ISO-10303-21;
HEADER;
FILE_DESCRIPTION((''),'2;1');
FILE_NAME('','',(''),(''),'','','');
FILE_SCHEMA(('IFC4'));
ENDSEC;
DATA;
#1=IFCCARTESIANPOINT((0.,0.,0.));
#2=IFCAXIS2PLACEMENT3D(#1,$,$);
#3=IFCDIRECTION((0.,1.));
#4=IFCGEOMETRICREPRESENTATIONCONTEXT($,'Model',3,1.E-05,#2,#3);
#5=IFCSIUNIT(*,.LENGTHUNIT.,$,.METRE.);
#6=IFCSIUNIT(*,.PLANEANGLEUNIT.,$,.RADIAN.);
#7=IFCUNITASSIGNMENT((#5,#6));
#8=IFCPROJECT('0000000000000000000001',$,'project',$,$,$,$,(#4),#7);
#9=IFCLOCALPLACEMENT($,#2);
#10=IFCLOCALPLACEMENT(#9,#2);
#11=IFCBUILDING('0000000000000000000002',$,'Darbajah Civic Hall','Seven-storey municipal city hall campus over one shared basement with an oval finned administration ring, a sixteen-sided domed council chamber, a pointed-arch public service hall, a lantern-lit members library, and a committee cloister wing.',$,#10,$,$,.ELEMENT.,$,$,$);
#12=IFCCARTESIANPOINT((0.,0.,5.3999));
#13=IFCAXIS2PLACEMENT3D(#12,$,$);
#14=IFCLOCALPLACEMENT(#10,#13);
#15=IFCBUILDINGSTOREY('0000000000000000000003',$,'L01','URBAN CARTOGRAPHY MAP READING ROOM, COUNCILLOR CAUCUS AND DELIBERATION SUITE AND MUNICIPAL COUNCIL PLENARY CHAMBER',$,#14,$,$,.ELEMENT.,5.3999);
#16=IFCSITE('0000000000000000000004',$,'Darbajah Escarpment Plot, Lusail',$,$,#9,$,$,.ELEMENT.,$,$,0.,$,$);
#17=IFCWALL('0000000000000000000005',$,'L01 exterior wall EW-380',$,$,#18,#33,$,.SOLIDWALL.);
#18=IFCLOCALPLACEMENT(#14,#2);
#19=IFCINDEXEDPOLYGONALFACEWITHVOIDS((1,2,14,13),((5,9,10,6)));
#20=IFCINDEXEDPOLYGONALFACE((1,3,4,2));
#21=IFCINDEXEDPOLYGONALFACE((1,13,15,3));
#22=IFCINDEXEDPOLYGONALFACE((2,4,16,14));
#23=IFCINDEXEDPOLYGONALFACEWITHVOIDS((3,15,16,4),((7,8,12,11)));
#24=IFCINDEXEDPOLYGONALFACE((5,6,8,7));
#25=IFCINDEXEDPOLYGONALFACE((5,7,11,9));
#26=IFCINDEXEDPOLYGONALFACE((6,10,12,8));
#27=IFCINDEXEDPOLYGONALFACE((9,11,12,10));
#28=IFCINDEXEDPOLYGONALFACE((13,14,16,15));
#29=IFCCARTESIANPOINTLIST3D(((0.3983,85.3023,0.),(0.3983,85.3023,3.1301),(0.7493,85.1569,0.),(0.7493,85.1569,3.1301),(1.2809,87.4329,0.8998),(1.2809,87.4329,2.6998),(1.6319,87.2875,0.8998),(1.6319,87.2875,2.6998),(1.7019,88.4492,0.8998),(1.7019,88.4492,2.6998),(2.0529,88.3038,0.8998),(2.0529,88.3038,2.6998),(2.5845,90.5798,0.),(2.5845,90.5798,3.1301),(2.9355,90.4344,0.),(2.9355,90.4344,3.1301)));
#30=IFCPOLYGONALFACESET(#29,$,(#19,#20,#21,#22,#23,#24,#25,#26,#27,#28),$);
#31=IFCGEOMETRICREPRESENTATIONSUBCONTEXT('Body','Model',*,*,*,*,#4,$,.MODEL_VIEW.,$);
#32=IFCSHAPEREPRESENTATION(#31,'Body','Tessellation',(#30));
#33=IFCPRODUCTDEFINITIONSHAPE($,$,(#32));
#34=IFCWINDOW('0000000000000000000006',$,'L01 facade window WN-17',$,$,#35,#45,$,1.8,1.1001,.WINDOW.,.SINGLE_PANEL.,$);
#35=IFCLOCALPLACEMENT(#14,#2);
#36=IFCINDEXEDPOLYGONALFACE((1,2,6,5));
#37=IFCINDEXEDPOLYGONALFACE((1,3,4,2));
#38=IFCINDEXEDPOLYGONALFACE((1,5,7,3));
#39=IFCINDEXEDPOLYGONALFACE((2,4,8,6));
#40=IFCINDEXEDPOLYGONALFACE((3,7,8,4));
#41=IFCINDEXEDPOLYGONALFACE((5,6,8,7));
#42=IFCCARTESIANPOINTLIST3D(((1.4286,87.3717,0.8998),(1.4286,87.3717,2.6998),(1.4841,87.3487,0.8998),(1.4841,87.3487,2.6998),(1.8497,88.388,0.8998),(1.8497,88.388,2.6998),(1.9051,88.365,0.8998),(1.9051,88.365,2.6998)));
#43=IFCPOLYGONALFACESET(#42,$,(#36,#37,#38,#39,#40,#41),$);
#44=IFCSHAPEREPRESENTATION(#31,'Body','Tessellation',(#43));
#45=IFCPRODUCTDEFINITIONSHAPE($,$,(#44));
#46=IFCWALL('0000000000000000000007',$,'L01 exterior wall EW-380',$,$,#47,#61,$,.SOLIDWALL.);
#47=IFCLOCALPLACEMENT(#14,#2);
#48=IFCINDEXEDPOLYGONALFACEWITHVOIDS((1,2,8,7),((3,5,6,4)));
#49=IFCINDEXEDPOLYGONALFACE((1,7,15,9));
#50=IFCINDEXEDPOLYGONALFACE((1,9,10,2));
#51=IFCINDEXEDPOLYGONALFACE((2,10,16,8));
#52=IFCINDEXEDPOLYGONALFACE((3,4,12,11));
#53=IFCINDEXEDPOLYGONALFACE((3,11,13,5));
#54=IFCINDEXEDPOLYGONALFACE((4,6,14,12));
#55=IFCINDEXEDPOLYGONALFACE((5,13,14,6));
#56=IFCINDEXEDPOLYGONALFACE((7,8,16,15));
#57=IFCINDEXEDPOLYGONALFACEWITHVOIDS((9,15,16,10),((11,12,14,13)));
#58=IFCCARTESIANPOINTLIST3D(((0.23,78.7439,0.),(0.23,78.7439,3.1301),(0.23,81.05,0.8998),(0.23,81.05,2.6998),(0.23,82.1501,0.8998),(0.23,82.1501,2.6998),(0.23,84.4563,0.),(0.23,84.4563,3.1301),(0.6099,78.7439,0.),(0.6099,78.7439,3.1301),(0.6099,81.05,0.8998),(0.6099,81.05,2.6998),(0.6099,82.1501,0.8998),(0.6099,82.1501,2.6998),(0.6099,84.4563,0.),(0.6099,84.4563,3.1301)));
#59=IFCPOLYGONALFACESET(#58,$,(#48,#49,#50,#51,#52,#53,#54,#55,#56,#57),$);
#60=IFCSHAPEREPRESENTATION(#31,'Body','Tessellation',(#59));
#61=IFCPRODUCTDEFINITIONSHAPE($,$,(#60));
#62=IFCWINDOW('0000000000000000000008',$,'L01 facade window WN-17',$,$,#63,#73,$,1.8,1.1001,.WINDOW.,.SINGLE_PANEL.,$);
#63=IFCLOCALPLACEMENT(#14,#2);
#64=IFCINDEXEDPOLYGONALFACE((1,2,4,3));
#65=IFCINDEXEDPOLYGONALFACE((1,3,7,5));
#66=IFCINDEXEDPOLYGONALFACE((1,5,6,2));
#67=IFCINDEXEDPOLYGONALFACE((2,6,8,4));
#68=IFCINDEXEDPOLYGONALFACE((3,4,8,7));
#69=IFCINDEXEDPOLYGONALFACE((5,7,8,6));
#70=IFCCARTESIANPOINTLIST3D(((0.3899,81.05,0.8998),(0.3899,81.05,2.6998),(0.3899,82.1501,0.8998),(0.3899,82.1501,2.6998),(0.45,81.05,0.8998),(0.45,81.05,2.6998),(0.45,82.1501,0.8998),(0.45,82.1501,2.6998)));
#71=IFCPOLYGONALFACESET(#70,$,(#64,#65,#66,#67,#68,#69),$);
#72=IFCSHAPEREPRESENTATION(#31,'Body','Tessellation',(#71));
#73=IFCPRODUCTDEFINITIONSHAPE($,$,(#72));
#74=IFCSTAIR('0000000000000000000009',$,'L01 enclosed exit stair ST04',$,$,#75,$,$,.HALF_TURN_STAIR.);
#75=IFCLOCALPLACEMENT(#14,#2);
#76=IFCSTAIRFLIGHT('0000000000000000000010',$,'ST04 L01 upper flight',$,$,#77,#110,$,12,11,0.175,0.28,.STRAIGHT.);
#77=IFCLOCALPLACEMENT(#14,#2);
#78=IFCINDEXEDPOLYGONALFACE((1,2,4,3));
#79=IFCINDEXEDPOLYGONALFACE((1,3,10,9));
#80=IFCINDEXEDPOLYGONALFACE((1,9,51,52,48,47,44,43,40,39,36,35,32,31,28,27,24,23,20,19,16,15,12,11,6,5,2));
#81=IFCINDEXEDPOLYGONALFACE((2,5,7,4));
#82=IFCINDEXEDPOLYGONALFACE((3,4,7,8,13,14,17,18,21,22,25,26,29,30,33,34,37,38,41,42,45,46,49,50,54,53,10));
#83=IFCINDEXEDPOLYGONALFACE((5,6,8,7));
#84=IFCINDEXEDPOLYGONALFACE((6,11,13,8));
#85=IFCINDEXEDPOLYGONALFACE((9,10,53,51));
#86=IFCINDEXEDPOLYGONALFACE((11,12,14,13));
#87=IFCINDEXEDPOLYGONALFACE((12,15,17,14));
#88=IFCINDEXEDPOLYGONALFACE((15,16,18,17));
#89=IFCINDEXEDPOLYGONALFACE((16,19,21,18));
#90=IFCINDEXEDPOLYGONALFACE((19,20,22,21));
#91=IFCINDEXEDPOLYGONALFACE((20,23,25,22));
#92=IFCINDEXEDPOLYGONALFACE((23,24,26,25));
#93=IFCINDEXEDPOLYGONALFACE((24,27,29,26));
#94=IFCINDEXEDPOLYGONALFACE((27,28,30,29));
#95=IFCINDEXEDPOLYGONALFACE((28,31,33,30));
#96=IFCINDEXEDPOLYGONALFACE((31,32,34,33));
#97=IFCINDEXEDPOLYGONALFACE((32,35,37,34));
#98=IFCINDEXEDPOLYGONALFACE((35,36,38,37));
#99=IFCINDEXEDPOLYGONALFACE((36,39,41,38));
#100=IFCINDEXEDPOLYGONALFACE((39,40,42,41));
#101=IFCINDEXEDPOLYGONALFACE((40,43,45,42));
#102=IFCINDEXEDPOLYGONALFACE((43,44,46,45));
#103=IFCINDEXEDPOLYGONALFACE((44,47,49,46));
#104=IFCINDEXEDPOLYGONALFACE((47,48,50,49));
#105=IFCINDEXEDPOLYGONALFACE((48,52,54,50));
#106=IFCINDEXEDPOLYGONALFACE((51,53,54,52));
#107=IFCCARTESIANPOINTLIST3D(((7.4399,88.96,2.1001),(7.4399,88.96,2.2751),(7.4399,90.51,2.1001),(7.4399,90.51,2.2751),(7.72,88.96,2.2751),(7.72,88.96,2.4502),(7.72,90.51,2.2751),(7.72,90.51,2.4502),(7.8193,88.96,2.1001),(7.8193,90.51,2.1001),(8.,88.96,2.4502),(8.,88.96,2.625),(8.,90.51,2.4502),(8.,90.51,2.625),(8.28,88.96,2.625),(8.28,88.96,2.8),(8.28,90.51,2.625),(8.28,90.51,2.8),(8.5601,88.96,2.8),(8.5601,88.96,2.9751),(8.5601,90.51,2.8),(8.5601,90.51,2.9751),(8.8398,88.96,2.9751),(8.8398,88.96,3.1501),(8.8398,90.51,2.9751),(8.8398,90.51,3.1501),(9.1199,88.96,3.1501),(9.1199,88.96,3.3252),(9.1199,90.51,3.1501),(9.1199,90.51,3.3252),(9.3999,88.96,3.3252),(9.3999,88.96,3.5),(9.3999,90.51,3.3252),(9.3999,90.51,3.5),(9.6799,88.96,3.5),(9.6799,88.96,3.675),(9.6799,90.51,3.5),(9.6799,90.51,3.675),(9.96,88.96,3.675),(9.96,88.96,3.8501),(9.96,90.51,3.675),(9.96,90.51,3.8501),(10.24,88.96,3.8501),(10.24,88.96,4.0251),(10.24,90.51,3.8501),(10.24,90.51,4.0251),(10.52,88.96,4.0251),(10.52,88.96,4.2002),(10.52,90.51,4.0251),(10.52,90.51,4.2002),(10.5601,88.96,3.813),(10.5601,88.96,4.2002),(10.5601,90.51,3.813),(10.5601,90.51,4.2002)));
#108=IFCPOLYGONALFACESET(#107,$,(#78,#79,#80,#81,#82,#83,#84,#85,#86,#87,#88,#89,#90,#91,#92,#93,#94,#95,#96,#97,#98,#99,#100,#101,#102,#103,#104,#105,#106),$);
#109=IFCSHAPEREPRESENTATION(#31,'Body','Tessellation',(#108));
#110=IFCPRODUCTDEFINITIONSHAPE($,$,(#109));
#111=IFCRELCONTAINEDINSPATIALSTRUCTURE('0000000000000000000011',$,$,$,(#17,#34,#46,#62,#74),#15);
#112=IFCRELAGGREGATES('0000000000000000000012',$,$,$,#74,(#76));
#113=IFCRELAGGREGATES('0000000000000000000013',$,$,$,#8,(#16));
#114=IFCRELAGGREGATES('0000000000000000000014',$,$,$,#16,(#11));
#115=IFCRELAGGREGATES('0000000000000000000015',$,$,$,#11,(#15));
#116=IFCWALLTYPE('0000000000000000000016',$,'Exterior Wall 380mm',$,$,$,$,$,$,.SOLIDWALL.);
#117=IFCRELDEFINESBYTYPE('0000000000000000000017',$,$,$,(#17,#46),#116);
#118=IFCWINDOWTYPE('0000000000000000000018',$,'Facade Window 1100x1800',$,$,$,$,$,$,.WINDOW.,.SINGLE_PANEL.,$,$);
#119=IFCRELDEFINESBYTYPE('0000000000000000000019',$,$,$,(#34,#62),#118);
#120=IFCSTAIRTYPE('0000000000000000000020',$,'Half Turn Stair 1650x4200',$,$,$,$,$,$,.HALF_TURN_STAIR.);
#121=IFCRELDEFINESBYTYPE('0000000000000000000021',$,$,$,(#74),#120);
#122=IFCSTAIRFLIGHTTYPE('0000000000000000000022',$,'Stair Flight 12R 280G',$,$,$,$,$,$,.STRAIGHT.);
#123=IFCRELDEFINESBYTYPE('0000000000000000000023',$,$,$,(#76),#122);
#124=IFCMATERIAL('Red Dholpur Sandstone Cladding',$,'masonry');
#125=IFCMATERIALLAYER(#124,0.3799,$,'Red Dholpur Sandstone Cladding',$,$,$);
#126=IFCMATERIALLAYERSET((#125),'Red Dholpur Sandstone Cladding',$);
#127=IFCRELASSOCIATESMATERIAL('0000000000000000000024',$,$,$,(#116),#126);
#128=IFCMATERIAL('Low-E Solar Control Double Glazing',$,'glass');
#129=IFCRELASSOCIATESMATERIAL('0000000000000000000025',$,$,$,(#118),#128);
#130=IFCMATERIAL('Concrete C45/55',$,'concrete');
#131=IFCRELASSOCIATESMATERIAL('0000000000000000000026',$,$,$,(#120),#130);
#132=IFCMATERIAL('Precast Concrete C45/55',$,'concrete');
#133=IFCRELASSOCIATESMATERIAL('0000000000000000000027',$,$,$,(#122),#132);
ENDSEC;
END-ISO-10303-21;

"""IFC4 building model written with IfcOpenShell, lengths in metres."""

from ifc_helpers import new_model, si_unit, direction, frame, frame_2d, origin, place, context, subcontext, project, spatial, polyline, rectangle, outline, extrude, material, layer, layer_set, type_object, element, fill, aggregate, save


model = new_model("IFC4")

# Units and contexts
model_context = context("Model", 3, precision=1e-05, world=origin(), true_north=direction((0.0, 1.0)))
body_context = subcontext(model_context, "Body", "Model", "MODEL_VIEW")
ifc_project = project(units=[si_unit("LENGTHUNIT", "METRE"), si_unit("PLANEANGLEUNIT", "RADIAN")], contexts=[model_context])

# Site, building, storey
site_placement = place(None, origin())
site = spatial("IfcSite", under=ifc_project, at=site_placement, Name="Darbajah Escarpment Plot, Lusail", CompositionType="ELEMENT", RefElevation=0.0)
building_placement = place(site_placement, origin())
building = spatial("IfcBuilding", under=site, at=building_placement, Name="Darbajah Civic Hall", Description="Seven-storey municipal city hall campus over one shared basement with an oval finned administration ring, a sixteen-sided domed council chamber, a pointed-arch public service hall, a lantern-lit members library, and a committee cloister wing.", CompositionType="ELEMENT")
storey_placement = place(building_placement, frame((0.0, 0.0, 5.3999)))
storey = spatial("IfcBuildingStorey", under=building, at=storey_placement, Name="L01", Description="URBAN CARTOGRAPHY MAP READING ROOM, COUNCILLOR CAUCUS AND DELIBERATION SUITE AND MUNICIPAL COUNCIL PLENARY CHAMBER", CompositionType="ELEMENT", Elevation=5.3999)

# Shared definitions
ifc_material_1 = material(Name="Concrete C45/55", Category="concrete")

# Walls, openings, windows
ifc_material_2 = material(Name="Red Dholpur Sandstone Cladding", Category="masonry")
ifc_layer_1 = layer(ifc_material_2, 0.3799, Name="Red Dholpur Sandstone Cladding")
ifc_layer_set_1 = layer_set([ifc_layer_1], Name="Red Dholpur Sandstone Cladding")
wall_type_1 = type_object("IfcWallType", Name="Exterior Wall 380mm", PredefinedType="SOLIDWALL", material=ifc_layer_set_1)
ifc_material_3 = material(Name="Low-E Solar Control Double Glazing", Category="glass")
window_type = type_object("IfcWindowType", Name="Facade Window 1100x1800", PartitioningType="SINGLE_PANEL", PredefinedType="WINDOW", material=ifc_material_3)
wall_1_placement = place(storey_placement, frame((2.76, 90.5071, 0.0), z_axis=(0.0, 0.0, 1.0), x_axis=(-0.382718, -0.923865, 0.0)))
wall_1 = element("IfcWall", 1, at=wall_1_placement, inside=storey, type_object=wall_type_1, Name="L01 exterior wall EW-380", PredefinedType="SOLIDWALL", context=body_context, shape_type="SweptSolid", body=[
    extrude(rectangle(XDim=5.7124, YDim=0.3799, at=frame_2d((2.8562, 0.0))), origin(), (0.0, 0.0, 1.0), 3.1301),
])
opening_1_placement = place(wall_1_placement, frame((2.3062, 0.0, 0.8999)))
opening_1 = element("IfcOpeningElement", 2, at=opening_1_placement, cuts=wall_1, PredefinedType="OPENING", context=body_context, shape_type="SweptSolid", body=[
    extrude(rectangle(XDim=1.1001, YDim=1.8, at=frame_2d((0.55, 0.8999))), frame((0.0, 0.2, 0.0), z_axis=(0.0, -1.0, 0.0), x_axis=(1.0, 0.0, 0.0)), (0.0, 0.0, 1.0), 0.3999),
])
window_1_placement = place(opening_1_placement, origin())
window_1 = element("IfcWindow", 3, at=window_1_placement, inside=storey, type_object=window_type, Name="L01 facade window WN-17", OverallHeight=1.8, OverallWidth=1.1001, PartitioningType="SINGLE_PANEL", PredefinedType="WINDOW", context=body_context, shape_type="SweptSolid", body=[
    extrude(rectangle(XDim=1.1001, YDim=1.8, at=frame_2d((0.55, 0.8999))), frame((0.0, 0.03, 0.0), z_axis=(0.0, -1.0, 0.0), x_axis=(1.0, 0.0, 0.0)), (0.0, 0.0, 1.0), 0.0601),
])
fill(opening_1, window_1)
wall_2_placement = place(storey_placement, frame((0.4199, 84.4563, 0.0), z_axis=(0.0, 0.0, 1.0), x_axis=(0.0, -1.0, 0.0)))
wall_2 = element("IfcWall", 4, at=wall_2_placement, inside=storey, type_object=wall_type_1, Name="L01 exterior wall EW-380", PredefinedType="SOLIDWALL", context=body_context, shape_type="SweptSolid", body=[
    extrude(rectangle(XDim=5.7124, YDim=0.3799, at=frame_2d((2.8562, 0.0))), origin(), (0.0, 0.0, 1.0), 3.1301),
])
opening_2_placement = place(wall_2_placement, frame((2.3062, 0.0, 0.8999)))
opening_2 = element("IfcOpeningElement", 5, at=opening_2_placement, cuts=wall_2, PredefinedType="OPENING", context=body_context, shape_type="SweptSolid", body=[
    extrude(rectangle(XDim=1.1001, YDim=1.8, at=frame_2d((0.55, 0.8999))), frame((0.0, 0.2, 0.0), z_axis=(0.0, -1.0, 0.0), x_axis=(1.0, 0.0, 0.0)), (0.0, 0.0, 1.0), 0.3999),
])
window_2_placement = place(opening_2_placement, origin())
window_2 = element("IfcWindow", 6, at=window_2_placement, inside=storey, type_object=window_type, Name="L01 facade window WN-17", OverallHeight=1.8, OverallWidth=1.1001, PartitioningType="SINGLE_PANEL", PredefinedType="WINDOW", context=body_context, shape_type="SweptSolid", body=[
    extrude(rectangle(XDim=1.1001, YDim=1.8, at=frame_2d((0.55, 0.8999))), frame((0.0, 0.03, 0.0), z_axis=(0.0, -1.0, 0.0), x_axis=(1.0, 0.0, 0.0)), (0.0, 0.0, 1.0), 0.0601),
])
fill(opening_2, window_2)

# Stair, stair flight
stair_type = type_object("IfcStairType", Name="Half Turn Stair 1650x4200", PredefinedType="HALF_TURN_STAIR", material=ifc_material_1)
stair_placement = place(storey_placement, origin())
stair = element("IfcStair", 7, at=stair_placement, inside=storey, type_object=stair_type, Name="L01 enclosed exit stair ST04", PredefinedType="HALF_TURN_STAIR")
ifc_material_4 = material(Name="Precast Concrete C45/55", Category="concrete")
stair_flight_type = type_object("IfcStairFlightType", Name="Stair Flight 12R 280G", PredefinedType="STRAIGHT", material=ifc_material_4)
stair_flight_placement = place(storey_placement, frame((7.4399, 89.7351, 2.1001), z_axis=(0.0, 0.0, 1.0), x_axis=(1.0, 0.0, 0.0)))
stair_flight = element("IfcStairFlight", 8, at=stair_flight_placement, type_object=stair_flight_type, Name="ST04 L01 upper flight", NumberOfRisers=12, NumberOfTreads=11, PredefinedType="STRAIGHT", RiserHeight=0.175, TreadLength=0.28, context=body_context, shape_type="SweptSolid", body=[
    extrude(outline(polyline([(0.0, 0.0), (0.0, 0.175), (0.28, 0.175), (0.28, 0.3501), (0.5601, 0.3501), (0.5601, 0.5249), (0.8401, 0.5249), (0.8401, 0.7), (1.1201, 0.7), (1.1201, 0.875), (1.3999, 0.875), (1.3999, 1.05), (1.6799, 1.05), (1.6799, 1.2251), (1.96, 1.2251), (1.96, 1.3999), (2.24, 1.3999), (2.24, 1.575), (2.52, 1.575), (2.52, 1.75), (2.8, 1.75), (2.8, 1.925), (3.0801, 1.925), (3.0801, 2.1001), (3.1201, 2.1001), (3.1201, 1.7129), (0.3794, 0.0), (0.0, 0.0)])), frame((0.0, 0.7749, 0.0), z_axis=(0.0, -1.0, 0.0), x_axis=(1.0, 0.0, 0.0)), (0.0, 0.0, 1.0), 1.55),
])
aggregate(stair, [stair_flight])

save(model, "model.ifc")
